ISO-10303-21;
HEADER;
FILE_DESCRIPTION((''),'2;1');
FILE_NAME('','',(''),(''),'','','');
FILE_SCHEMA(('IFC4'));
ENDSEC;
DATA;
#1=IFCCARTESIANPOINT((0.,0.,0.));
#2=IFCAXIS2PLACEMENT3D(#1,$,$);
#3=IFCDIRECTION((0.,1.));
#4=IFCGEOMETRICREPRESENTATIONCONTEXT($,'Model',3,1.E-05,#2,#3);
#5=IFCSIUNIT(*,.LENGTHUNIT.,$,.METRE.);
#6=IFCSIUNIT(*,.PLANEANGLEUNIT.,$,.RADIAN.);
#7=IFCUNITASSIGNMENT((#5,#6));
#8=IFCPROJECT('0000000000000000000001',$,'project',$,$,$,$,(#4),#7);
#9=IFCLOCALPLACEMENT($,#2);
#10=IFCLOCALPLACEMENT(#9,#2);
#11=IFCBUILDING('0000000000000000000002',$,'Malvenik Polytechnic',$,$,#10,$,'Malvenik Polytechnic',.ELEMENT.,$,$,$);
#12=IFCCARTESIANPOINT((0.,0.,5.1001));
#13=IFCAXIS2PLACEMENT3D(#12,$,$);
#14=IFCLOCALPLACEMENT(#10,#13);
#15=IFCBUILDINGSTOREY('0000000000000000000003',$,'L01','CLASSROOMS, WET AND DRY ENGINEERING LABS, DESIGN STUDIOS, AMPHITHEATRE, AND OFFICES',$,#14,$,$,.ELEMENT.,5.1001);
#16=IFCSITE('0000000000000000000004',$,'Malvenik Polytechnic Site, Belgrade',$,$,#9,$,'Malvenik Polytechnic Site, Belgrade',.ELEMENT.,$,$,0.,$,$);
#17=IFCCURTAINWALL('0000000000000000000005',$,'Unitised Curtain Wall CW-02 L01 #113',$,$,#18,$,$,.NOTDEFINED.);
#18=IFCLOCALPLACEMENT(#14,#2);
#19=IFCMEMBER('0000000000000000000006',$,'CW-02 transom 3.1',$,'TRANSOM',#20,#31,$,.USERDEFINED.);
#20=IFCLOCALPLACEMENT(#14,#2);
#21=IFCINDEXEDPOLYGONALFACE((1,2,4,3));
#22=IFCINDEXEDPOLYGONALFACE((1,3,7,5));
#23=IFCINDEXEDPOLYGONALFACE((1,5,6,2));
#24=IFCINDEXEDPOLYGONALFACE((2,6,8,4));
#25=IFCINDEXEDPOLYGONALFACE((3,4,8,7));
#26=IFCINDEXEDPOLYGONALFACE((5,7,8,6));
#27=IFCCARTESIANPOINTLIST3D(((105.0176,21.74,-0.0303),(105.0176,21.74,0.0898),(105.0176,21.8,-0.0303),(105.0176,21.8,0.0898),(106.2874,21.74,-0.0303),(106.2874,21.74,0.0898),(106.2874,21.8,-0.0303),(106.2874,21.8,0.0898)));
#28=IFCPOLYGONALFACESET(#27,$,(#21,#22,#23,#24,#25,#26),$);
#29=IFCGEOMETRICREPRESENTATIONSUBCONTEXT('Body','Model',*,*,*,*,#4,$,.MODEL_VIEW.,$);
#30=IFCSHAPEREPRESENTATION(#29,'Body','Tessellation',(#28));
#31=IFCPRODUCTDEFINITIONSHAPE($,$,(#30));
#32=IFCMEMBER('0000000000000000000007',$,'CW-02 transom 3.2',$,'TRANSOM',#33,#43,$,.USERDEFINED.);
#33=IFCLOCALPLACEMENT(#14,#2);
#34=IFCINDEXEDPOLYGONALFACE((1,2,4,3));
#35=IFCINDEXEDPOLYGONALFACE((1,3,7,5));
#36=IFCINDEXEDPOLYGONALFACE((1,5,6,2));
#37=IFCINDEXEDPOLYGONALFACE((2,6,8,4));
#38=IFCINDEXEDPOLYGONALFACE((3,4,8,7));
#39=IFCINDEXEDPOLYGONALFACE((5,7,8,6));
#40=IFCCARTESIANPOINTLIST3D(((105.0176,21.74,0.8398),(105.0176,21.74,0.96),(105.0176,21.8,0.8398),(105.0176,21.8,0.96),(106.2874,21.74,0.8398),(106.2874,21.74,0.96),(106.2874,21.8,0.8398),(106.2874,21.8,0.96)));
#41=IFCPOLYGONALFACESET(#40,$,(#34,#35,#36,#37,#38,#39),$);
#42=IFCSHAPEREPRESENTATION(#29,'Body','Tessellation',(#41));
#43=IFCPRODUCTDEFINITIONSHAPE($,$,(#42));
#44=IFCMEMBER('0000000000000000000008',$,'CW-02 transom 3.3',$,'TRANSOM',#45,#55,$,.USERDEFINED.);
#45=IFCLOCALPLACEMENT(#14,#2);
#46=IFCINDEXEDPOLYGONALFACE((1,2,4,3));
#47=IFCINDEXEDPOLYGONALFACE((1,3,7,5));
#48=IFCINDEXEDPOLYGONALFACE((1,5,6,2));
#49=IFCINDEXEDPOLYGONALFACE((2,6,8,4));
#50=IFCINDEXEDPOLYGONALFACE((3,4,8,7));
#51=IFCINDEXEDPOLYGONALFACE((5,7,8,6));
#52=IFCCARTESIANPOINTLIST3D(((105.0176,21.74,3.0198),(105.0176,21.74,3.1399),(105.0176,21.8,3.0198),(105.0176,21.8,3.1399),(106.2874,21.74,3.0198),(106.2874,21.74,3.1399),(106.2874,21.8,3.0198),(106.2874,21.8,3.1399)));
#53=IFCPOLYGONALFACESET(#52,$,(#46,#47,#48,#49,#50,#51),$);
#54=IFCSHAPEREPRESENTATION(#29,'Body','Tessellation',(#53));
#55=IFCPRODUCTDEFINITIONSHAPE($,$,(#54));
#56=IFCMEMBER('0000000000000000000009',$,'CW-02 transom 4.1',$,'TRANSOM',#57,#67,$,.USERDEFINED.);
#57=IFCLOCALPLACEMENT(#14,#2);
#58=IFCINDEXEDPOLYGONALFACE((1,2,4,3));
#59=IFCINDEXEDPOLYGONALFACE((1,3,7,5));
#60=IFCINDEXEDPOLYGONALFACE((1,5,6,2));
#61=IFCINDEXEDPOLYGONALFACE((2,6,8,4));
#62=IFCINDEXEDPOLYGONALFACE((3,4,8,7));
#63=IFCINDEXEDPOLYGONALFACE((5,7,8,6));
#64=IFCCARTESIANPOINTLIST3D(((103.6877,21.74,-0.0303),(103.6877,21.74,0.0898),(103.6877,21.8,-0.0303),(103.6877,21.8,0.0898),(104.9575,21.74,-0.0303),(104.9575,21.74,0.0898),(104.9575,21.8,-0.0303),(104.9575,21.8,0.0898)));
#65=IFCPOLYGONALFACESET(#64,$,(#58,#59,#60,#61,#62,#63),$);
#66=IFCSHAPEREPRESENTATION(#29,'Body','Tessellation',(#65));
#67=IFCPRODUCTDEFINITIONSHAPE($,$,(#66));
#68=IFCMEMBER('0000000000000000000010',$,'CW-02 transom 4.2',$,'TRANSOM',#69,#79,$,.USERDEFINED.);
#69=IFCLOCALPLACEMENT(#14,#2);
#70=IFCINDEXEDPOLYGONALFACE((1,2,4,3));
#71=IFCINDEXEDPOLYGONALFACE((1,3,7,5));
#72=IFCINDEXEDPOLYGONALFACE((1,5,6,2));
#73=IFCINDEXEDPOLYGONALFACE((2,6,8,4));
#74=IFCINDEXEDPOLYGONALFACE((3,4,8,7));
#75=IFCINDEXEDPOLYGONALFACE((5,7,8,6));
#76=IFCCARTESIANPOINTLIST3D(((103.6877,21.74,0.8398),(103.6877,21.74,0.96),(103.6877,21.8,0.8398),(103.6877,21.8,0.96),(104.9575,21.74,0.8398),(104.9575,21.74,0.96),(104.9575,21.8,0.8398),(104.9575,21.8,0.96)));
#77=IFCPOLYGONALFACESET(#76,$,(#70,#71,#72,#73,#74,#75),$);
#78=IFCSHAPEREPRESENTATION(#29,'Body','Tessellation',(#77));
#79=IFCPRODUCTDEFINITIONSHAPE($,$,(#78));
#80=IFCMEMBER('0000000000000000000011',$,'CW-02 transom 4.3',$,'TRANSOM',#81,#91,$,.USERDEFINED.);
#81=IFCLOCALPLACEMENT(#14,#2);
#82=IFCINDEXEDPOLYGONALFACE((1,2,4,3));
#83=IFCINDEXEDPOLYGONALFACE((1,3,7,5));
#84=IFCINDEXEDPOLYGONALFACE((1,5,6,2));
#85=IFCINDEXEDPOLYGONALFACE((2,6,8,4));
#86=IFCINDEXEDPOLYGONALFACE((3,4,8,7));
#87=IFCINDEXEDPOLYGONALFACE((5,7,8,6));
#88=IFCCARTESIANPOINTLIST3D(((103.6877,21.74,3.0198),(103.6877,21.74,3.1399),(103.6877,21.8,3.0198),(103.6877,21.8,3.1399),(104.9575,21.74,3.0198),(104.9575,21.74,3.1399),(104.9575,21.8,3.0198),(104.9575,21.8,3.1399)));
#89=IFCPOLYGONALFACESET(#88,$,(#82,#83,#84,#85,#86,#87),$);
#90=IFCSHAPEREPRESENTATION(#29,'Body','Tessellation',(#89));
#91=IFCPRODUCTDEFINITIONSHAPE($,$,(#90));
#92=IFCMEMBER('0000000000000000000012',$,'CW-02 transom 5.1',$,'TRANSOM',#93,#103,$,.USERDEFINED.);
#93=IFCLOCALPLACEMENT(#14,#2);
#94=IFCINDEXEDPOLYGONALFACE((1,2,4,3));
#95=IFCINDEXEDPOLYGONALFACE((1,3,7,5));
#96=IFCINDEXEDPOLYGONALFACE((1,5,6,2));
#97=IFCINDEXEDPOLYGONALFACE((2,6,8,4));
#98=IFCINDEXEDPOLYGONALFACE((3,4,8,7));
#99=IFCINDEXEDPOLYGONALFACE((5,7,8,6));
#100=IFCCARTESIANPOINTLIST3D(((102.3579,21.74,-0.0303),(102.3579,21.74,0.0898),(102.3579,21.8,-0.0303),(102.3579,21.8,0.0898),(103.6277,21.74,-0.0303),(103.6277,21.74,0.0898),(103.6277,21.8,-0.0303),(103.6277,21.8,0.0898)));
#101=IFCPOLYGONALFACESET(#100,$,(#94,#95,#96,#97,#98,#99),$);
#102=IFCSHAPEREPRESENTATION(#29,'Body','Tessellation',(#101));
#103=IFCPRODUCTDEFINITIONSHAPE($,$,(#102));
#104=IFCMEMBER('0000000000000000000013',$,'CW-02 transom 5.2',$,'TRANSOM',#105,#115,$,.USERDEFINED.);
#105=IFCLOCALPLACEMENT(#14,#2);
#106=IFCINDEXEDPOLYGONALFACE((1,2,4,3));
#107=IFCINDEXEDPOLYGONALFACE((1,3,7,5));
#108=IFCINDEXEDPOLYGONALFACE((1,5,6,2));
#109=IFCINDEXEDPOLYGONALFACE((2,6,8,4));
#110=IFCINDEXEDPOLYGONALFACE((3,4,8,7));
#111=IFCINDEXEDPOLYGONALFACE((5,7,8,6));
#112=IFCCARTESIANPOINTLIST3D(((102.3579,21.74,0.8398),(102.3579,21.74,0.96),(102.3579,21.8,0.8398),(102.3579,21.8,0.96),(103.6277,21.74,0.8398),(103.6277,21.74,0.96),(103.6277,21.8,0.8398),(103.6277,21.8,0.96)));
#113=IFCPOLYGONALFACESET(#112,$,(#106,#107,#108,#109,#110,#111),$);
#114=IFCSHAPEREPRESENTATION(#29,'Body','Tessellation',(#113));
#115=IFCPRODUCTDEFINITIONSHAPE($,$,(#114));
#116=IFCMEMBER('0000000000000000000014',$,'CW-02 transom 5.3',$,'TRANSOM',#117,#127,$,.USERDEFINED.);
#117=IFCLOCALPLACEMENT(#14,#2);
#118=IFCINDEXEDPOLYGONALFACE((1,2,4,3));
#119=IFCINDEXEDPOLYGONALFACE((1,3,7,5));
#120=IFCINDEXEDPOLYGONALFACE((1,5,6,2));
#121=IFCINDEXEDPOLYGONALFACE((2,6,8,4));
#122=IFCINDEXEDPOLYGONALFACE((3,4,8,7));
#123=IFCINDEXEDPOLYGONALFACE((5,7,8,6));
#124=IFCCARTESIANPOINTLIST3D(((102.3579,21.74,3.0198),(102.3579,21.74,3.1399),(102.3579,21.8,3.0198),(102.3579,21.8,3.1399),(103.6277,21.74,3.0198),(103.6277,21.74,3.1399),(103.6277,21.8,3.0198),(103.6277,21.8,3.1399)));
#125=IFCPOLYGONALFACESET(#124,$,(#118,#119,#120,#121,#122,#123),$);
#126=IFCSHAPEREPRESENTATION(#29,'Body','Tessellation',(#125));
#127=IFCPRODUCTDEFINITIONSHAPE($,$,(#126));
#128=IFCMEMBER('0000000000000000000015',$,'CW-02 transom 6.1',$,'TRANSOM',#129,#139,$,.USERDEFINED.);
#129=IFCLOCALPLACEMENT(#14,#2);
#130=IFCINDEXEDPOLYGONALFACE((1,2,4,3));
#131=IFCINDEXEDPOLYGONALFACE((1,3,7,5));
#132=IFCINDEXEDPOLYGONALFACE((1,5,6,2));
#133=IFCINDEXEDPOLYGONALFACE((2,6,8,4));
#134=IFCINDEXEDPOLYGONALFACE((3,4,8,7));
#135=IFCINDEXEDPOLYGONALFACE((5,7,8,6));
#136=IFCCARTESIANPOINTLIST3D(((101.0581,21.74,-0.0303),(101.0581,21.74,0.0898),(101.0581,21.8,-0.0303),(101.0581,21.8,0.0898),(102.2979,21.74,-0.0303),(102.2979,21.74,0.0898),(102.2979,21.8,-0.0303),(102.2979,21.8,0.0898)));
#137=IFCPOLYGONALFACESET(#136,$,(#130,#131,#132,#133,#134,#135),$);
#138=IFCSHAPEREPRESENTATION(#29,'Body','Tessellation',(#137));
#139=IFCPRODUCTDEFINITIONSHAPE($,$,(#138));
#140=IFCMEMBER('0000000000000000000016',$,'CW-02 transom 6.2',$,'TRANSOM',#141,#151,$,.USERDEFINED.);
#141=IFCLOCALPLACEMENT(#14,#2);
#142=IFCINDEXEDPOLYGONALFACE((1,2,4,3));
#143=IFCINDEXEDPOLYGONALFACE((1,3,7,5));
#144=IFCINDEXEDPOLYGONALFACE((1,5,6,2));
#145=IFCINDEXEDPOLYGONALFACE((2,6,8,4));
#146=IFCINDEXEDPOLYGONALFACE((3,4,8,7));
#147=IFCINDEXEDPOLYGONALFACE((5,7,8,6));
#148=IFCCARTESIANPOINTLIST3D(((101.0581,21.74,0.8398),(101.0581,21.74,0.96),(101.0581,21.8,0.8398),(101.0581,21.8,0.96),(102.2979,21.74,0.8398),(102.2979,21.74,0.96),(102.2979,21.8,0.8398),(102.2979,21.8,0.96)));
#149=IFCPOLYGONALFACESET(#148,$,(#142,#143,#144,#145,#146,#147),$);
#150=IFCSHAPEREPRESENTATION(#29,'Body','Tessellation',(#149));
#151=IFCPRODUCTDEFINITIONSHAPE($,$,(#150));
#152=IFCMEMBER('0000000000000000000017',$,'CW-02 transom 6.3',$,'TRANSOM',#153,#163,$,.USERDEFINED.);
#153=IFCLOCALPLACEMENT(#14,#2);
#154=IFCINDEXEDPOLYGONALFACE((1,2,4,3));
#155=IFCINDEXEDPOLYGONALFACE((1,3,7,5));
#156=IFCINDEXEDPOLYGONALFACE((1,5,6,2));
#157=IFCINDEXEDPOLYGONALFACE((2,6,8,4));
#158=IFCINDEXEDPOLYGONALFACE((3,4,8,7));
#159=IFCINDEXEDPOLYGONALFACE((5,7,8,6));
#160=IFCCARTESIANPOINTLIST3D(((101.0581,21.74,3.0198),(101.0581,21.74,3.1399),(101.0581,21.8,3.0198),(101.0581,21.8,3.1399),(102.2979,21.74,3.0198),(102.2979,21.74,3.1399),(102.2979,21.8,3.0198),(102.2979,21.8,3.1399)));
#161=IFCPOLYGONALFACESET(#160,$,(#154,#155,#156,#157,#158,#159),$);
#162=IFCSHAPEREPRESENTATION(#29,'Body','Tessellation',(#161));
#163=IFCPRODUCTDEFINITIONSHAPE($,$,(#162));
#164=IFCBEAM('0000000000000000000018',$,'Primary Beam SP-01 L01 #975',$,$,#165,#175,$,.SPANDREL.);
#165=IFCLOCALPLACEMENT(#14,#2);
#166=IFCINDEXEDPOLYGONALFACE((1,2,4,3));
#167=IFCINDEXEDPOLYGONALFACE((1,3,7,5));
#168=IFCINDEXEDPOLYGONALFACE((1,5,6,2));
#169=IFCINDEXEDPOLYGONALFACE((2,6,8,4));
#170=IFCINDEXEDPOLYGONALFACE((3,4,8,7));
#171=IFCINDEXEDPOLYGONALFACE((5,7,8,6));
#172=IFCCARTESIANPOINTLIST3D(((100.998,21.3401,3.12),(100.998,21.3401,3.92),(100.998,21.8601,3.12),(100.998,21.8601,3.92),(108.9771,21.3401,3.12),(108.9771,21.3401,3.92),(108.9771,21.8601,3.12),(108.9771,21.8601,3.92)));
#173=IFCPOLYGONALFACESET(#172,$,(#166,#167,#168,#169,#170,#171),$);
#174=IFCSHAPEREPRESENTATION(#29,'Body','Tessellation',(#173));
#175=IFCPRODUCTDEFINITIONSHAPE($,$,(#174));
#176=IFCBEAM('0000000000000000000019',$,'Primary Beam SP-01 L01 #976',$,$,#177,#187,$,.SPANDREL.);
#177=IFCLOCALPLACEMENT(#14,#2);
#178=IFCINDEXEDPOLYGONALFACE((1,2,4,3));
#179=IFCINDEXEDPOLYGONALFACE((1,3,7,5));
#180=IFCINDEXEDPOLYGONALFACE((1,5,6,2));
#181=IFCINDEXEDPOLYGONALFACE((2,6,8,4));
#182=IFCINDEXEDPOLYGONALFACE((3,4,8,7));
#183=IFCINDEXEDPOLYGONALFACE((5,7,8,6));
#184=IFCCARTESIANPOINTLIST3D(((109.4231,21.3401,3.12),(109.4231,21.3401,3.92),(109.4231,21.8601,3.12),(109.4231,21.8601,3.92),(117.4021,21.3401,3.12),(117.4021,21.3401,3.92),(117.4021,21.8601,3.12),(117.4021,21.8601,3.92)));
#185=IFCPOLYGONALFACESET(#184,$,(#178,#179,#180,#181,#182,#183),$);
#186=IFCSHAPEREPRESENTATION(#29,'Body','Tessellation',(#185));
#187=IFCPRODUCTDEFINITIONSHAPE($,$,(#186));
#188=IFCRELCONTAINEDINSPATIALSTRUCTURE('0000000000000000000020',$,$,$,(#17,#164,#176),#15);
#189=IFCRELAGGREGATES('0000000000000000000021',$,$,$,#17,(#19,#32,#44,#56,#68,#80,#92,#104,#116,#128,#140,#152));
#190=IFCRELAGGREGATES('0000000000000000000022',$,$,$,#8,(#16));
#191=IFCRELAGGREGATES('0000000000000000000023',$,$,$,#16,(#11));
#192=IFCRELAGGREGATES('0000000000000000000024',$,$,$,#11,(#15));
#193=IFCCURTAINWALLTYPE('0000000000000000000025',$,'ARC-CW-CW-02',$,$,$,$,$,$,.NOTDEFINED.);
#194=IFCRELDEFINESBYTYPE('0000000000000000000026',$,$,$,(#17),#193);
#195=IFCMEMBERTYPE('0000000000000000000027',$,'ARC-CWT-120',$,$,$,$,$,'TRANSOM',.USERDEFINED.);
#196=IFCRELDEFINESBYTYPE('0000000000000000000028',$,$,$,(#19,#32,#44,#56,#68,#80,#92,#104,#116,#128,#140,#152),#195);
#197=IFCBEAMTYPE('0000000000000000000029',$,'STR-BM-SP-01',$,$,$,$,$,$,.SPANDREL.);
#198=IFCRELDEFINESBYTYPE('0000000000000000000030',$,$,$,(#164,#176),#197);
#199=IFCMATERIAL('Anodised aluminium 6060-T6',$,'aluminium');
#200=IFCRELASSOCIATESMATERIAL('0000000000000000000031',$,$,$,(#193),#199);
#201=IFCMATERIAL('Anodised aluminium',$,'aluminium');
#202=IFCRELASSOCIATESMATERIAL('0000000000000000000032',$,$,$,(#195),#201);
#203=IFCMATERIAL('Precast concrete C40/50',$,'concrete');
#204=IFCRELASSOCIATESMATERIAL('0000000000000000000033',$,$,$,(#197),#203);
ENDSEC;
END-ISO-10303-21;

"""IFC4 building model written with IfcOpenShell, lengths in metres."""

from ifc_helpers import new_model, si_unit, direction, frame, origin, origin_2d, place, context, subcontext, project, spatial, rectangle, extrude, material, material_profile, profile_set, type_object, element, aggregate, save


model = new_model("IFC4")

# Units and contexts
model_context = context("Model", 3, precision=1e-05, world=origin(), true_north=direction((0.0, 1.0)))
body_context = subcontext(model_context, "Body", "Model", "MODEL_VIEW")
ifc_project = project(units=[si_unit("LENGTHUNIT", "METRE"), si_unit("PLANEANGLEUNIT", "RADIAN")], contexts=[model_context])

# Site, building, storey
site_placement = place(None, origin())
site = spatial("IfcSite", under=ifc_project, at=site_placement, Name="Malvenik Polytechnic Site, Belgrade", LongName="Malvenik Polytechnic Site, Belgrade", CompositionType="ELEMENT", RefElevation=0.0)
building_placement = place(site_placement, origin())
building = spatial("IfcBuilding", under=site, at=building_placement, Name="Malvenik Polytechnic", LongName="Malvenik Polytechnic", CompositionType="ELEMENT")
storey_placement = place(building_placement, frame((0.0, 0.0, 5.1001)))
storey = spatial("IfcBuildingStorey", under=building, at=storey_placement, Name="L01", Description="CLASSROOMS, WET AND DRY ENGINEERING LABS, DESIGN STUDIOS, AMPHITHEATRE, AND OFFICES", CompositionType="ELEMENT", Elevation=5.1001)

# Curtain wall, members
ifc_material_1 = material(Name="Anodised aluminium 6060-T6", Category="aluminium")
curtain_wall_type = type_object("IfcCurtainWallType", Name="ARC-CW-CW-02", PredefinedType="NOTDEFINED", material=ifc_material_1)
curtain_wall_placement = place(storey_placement, origin())
curtain_wall = element("IfcCurtainWall", 1, at=curtain_wall_placement, inside=storey, type_object=curtain_wall_type, Name="Unitised Curtain Wall CW-02 L01 #113", PredefinedType="NOTDEFINED")
ifc_material_2 = material(Name="Anodised aluminium", Category="aluminium")
ifc_material_profile_1 = material_profile(ifc_material_2, rectangle(XDim=0.0601, YDim=0.1201, at=origin_2d()), Name="ALU TRANSOM 60x120")
ifc_profile_set_1 = profile_set([ifc_material_profile_1], Name="Anodised aluminium")
member_type_1 = type_object("IfcMemberType", Name="ARC-CWT-120", ElementType="TRANSOM", PredefinedType="USERDEFINED", material=ifc_profile_set_1)
member_1_placement = place(storey_placement, frame((106.2874, 21.77, 0.0298), z_axis=(-1.0, 0.0, 0.0), x_axis=(0.0, -1.0, 0.0)))
member_1 = element("IfcMember", 2, at=member_1_placement, type_object=member_type_1, Name="CW-02 transom 3.1", ObjectType="TRANSOM", PredefinedType="USERDEFINED", context=body_context, shape_type="SweptSolid", body=[
    extrude(rectangle(XDim=0.0601, YDim=0.1201, at=origin_2d()), origin(), (0.0, 0.0, 1.0), 1.2698),
])
member_2_placement = place(storey_placement, frame((106.2874, 21.77, 0.8999), z_axis=(-1.0, 0.0, 0.0), x_axis=(0.0, -1.0, 0.0)))
member_2 = element("IfcMember", 3, at=member_2_placement, type_object=member_type_1, Name="CW-02 transom 3.2", ObjectType="TRANSOM", PredefinedType="USERDEFINED", context=body_context, shape_type="SweptSolid", body=[
    extrude(rectangle(XDim=0.0601, YDim=0.1201, at=origin_2d()), origin(), (0.0, 0.0, 1.0), 1.2698),
])
member_3_placement = place(storey_placement, frame((106.2874, 21.77, 3.0798), z_axis=(-1.0, 0.0, 0.0), x_axis=(0.0, -1.0, 0.0)))
member_3 = element("IfcMember", 4, at=member_3_placement, type_object=member_type_1, Name="CW-02 transom 3.3", ObjectType="TRANSOM", PredefinedType="USERDEFINED", context=body_context, shape_type="SweptSolid", body=[
    extrude(rectangle(XDim=0.0601, YDim=0.1201, at=origin_2d()), origin(), (0.0, 0.0, 1.0), 1.2698),
])
member_4_placement = place(storey_placement, frame((104.9575, 21.77, 0.0298), z_axis=(-1.0, 0.0, 0.0), x_axis=(0.0, -1.0, 0.0)))
member_4 = element("IfcMember", 5, at=member_4_placement, type_object=member_type_1, Name="CW-02 transom 4.1", ObjectType="TRANSOM", PredefinedType="USERDEFINED", context=body_context, shape_type="SweptSolid", body=[
    extrude(rectangle(XDim=0.0601, YDim=0.1201, at=origin_2d()), origin(), (0.0, 0.0, 1.0), 1.2698),
])
member_5_placement = place(storey_placement, frame((104.9575, 21.77, 0.8999), z_axis=(-1.0, 0.0, 0.0), x_axis=(0.0, -1.0, 0.0)))
member_5 = element("IfcMember", 6, at=member_5_placement, type_object=member_type_1, Name="CW-02 transom 4.2", ObjectType="TRANSOM", PredefinedType="USERDEFINED", context=body_context, shape_type="SweptSolid", body=[
    extrude(rectangle(XDim=0.0601, YDim=0.1201, at=origin_2d()), origin(), (0.0, 0.0, 1.0), 1.2698),
])
member_6_placement = place(storey_placement, frame((104.9575, 21.77, 3.0798), z_axis=(-1.0, 0.0, 0.0), x_axis=(0.0, -1.0, 0.0)))
member_6 = element("IfcMember", 7, at=member_6_placement, type_object=member_type_1, Name="CW-02 transom 4.3", ObjectType="TRANSOM", PredefinedType="USERDEFINED", context=body_context, shape_type="SweptSolid", body=[
    extrude(rectangle(XDim=0.0601, YDim=0.1201, at=origin_2d()), origin(), (0.0, 0.0, 1.0), 1.2698),
])
member_7_placement = place(storey_placement, frame((103.6277, 21.77, 0.0298), z_axis=(-1.0, 0.0, 0.0), x_axis=(0.0, -1.0, 0.0)))
member_7 = element("IfcMember", 8, at=member_7_placement, type_object=member_type_1, Name="CW-02 transom 5.1", ObjectType="TRANSOM", PredefinedType="USERDEFINED", context=body_context, shape_type="SweptSolid", body=[
    extrude(rectangle(XDim=0.0601, YDim=0.1201, at=origin_2d()), origin(), (0.0, 0.0, 1.0), 1.2698),
])
member_8_placement = place(storey_placement, frame((103.6277, 21.77, 0.8999), z_axis=(-1.0, 0.0, 0.0), x_axis=(0.0, -1.0, 0.0)))
member_8 = element("IfcMember", 9, at=member_8_placement, type_object=member_type_1, Name="CW-02 transom 5.2", ObjectType="TRANSOM", PredefinedType="USERDEFINED", context=body_context, shape_type="SweptSolid", body=[
    extrude(rectangle(XDim=0.0601, YDim=0.1201, at=origin_2d()), origin(), (0.0, 0.0, 1.0), 1.2698),
])
member_9_placement = place(storey_placement, frame((103.6277, 21.77, 3.0798), z_axis=(-1.0, 0.0, 0.0), x_axis=(0.0, -1.0, 0.0)))
member_9 = element("IfcMember", 10, at=member_9_placement, type_object=member_type_1, Name="CW-02 transom 5.3", ObjectType="TRANSOM", PredefinedType="USERDEFINED", context=body_context, shape_type="SweptSolid", body=[
    extrude(rectangle(XDim=0.0601, YDim=0.1201, at=origin_2d()), origin(), (0.0, 0.0, 1.0), 1.2698),
])
member_10_placement = place(storey_placement, frame((102.2979, 21.77, 0.0298), z_axis=(-1.0, 0.0, 0.0), x_axis=(0.0, -1.0, 0.0)))
member_10 = element("IfcMember", 11, at=member_10_placement, type_object=member_type_1, Name="CW-02 transom 6.1", ObjectType="TRANSOM", PredefinedType="USERDEFINED", context=body_context, shape_type="SweptSolid", body=[
    extrude(rectangle(XDim=0.0601, YDim=0.1201, at=origin_2d()), origin(), (0.0, 0.0, 1.0), 1.2397),
])
member_11_placement = place(storey_placement, frame((102.2979, 21.77, 0.8999), z_axis=(-1.0, 0.0, 0.0), x_axis=(0.0, -1.0, 0.0)))
member_11 = element("IfcMember", 12, at=member_11_placement, type_object=member_type_1, Name="CW-02 transom 6.2", ObjectType="TRANSOM", PredefinedType="USERDEFINED", context=body_context, shape_type="SweptSolid", body=[
    extrude(rectangle(XDim=0.0601, YDim=0.1201, at=origin_2d()), origin(), (0.0, 0.0, 1.0), 1.2397),
])
member_12_placement = place(storey_placement, frame((102.2979, 21.77, 3.0798), z_axis=(-1.0, 0.0, 0.0), x_axis=(0.0, -1.0, 0.0)))
member_12 = element("IfcMember", 13, at=member_12_placement, type_object=member_type_1, Name="CW-02 transom 6.3", ObjectType="TRANSOM", PredefinedType="USERDEFINED", context=body_context, shape_type="SweptSolid", body=[
    extrude(rectangle(XDim=0.0601, YDim=0.1201, at=origin_2d()), origin(), (0.0, 0.0, 1.0), 1.2397),
])

# Beams
ifc_material_3 = material(Name="Precast concrete C40/50", Category="concrete")
ifc_material_profile_2 = material_profile(ifc_material_3, rectangle(XDim=0.52, YDim=0.8, at=origin_2d()), Name="PC SPN 520x800")
ifc_profile_set_2 = profile_set([ifc_material_profile_2], Name="Precast concrete C40/50")
beam_type = type_object("IfcBeamType", Name="STR-BM-SP-01", PredefinedType="SPANDREL", material=ifc_profile_set_2)
for number, where, z_axis, x_axis, name in (
    (14, (100.998, 21.6001, 3.52), (1.0, 0.0, 0.0), (0.0, 1.0, 0.0), "Primary Beam SP-01 L01 #975"),
    (15, (109.4231, 21.6001, 3.52), (1.0, 0.0, 0.0), (0.0, 1.0, 0.0), "Primary Beam SP-01 L01 #976"),
):
    element("IfcBeam", number, at=place(storey_placement, frame(where, z_axis=z_axis, x_axis=x_axis)), inside=storey, type_object=beam_type, Name=name, PredefinedType="SPANDREL", context=body_context, shape_type="SweptSolid", body=[
        extrude(rectangle(XDim=0.52, YDim=0.8, at=origin_2d()), origin(), (0.0, 0.0, 1.0), 7.979),
    ])

aggregate(curtain_wall, [member_1, member_2, member_3, member_4, member_5, member_6, member_7, member_8, member_9, member_10, member_11, member_12])

save(model, "model.ifc")
